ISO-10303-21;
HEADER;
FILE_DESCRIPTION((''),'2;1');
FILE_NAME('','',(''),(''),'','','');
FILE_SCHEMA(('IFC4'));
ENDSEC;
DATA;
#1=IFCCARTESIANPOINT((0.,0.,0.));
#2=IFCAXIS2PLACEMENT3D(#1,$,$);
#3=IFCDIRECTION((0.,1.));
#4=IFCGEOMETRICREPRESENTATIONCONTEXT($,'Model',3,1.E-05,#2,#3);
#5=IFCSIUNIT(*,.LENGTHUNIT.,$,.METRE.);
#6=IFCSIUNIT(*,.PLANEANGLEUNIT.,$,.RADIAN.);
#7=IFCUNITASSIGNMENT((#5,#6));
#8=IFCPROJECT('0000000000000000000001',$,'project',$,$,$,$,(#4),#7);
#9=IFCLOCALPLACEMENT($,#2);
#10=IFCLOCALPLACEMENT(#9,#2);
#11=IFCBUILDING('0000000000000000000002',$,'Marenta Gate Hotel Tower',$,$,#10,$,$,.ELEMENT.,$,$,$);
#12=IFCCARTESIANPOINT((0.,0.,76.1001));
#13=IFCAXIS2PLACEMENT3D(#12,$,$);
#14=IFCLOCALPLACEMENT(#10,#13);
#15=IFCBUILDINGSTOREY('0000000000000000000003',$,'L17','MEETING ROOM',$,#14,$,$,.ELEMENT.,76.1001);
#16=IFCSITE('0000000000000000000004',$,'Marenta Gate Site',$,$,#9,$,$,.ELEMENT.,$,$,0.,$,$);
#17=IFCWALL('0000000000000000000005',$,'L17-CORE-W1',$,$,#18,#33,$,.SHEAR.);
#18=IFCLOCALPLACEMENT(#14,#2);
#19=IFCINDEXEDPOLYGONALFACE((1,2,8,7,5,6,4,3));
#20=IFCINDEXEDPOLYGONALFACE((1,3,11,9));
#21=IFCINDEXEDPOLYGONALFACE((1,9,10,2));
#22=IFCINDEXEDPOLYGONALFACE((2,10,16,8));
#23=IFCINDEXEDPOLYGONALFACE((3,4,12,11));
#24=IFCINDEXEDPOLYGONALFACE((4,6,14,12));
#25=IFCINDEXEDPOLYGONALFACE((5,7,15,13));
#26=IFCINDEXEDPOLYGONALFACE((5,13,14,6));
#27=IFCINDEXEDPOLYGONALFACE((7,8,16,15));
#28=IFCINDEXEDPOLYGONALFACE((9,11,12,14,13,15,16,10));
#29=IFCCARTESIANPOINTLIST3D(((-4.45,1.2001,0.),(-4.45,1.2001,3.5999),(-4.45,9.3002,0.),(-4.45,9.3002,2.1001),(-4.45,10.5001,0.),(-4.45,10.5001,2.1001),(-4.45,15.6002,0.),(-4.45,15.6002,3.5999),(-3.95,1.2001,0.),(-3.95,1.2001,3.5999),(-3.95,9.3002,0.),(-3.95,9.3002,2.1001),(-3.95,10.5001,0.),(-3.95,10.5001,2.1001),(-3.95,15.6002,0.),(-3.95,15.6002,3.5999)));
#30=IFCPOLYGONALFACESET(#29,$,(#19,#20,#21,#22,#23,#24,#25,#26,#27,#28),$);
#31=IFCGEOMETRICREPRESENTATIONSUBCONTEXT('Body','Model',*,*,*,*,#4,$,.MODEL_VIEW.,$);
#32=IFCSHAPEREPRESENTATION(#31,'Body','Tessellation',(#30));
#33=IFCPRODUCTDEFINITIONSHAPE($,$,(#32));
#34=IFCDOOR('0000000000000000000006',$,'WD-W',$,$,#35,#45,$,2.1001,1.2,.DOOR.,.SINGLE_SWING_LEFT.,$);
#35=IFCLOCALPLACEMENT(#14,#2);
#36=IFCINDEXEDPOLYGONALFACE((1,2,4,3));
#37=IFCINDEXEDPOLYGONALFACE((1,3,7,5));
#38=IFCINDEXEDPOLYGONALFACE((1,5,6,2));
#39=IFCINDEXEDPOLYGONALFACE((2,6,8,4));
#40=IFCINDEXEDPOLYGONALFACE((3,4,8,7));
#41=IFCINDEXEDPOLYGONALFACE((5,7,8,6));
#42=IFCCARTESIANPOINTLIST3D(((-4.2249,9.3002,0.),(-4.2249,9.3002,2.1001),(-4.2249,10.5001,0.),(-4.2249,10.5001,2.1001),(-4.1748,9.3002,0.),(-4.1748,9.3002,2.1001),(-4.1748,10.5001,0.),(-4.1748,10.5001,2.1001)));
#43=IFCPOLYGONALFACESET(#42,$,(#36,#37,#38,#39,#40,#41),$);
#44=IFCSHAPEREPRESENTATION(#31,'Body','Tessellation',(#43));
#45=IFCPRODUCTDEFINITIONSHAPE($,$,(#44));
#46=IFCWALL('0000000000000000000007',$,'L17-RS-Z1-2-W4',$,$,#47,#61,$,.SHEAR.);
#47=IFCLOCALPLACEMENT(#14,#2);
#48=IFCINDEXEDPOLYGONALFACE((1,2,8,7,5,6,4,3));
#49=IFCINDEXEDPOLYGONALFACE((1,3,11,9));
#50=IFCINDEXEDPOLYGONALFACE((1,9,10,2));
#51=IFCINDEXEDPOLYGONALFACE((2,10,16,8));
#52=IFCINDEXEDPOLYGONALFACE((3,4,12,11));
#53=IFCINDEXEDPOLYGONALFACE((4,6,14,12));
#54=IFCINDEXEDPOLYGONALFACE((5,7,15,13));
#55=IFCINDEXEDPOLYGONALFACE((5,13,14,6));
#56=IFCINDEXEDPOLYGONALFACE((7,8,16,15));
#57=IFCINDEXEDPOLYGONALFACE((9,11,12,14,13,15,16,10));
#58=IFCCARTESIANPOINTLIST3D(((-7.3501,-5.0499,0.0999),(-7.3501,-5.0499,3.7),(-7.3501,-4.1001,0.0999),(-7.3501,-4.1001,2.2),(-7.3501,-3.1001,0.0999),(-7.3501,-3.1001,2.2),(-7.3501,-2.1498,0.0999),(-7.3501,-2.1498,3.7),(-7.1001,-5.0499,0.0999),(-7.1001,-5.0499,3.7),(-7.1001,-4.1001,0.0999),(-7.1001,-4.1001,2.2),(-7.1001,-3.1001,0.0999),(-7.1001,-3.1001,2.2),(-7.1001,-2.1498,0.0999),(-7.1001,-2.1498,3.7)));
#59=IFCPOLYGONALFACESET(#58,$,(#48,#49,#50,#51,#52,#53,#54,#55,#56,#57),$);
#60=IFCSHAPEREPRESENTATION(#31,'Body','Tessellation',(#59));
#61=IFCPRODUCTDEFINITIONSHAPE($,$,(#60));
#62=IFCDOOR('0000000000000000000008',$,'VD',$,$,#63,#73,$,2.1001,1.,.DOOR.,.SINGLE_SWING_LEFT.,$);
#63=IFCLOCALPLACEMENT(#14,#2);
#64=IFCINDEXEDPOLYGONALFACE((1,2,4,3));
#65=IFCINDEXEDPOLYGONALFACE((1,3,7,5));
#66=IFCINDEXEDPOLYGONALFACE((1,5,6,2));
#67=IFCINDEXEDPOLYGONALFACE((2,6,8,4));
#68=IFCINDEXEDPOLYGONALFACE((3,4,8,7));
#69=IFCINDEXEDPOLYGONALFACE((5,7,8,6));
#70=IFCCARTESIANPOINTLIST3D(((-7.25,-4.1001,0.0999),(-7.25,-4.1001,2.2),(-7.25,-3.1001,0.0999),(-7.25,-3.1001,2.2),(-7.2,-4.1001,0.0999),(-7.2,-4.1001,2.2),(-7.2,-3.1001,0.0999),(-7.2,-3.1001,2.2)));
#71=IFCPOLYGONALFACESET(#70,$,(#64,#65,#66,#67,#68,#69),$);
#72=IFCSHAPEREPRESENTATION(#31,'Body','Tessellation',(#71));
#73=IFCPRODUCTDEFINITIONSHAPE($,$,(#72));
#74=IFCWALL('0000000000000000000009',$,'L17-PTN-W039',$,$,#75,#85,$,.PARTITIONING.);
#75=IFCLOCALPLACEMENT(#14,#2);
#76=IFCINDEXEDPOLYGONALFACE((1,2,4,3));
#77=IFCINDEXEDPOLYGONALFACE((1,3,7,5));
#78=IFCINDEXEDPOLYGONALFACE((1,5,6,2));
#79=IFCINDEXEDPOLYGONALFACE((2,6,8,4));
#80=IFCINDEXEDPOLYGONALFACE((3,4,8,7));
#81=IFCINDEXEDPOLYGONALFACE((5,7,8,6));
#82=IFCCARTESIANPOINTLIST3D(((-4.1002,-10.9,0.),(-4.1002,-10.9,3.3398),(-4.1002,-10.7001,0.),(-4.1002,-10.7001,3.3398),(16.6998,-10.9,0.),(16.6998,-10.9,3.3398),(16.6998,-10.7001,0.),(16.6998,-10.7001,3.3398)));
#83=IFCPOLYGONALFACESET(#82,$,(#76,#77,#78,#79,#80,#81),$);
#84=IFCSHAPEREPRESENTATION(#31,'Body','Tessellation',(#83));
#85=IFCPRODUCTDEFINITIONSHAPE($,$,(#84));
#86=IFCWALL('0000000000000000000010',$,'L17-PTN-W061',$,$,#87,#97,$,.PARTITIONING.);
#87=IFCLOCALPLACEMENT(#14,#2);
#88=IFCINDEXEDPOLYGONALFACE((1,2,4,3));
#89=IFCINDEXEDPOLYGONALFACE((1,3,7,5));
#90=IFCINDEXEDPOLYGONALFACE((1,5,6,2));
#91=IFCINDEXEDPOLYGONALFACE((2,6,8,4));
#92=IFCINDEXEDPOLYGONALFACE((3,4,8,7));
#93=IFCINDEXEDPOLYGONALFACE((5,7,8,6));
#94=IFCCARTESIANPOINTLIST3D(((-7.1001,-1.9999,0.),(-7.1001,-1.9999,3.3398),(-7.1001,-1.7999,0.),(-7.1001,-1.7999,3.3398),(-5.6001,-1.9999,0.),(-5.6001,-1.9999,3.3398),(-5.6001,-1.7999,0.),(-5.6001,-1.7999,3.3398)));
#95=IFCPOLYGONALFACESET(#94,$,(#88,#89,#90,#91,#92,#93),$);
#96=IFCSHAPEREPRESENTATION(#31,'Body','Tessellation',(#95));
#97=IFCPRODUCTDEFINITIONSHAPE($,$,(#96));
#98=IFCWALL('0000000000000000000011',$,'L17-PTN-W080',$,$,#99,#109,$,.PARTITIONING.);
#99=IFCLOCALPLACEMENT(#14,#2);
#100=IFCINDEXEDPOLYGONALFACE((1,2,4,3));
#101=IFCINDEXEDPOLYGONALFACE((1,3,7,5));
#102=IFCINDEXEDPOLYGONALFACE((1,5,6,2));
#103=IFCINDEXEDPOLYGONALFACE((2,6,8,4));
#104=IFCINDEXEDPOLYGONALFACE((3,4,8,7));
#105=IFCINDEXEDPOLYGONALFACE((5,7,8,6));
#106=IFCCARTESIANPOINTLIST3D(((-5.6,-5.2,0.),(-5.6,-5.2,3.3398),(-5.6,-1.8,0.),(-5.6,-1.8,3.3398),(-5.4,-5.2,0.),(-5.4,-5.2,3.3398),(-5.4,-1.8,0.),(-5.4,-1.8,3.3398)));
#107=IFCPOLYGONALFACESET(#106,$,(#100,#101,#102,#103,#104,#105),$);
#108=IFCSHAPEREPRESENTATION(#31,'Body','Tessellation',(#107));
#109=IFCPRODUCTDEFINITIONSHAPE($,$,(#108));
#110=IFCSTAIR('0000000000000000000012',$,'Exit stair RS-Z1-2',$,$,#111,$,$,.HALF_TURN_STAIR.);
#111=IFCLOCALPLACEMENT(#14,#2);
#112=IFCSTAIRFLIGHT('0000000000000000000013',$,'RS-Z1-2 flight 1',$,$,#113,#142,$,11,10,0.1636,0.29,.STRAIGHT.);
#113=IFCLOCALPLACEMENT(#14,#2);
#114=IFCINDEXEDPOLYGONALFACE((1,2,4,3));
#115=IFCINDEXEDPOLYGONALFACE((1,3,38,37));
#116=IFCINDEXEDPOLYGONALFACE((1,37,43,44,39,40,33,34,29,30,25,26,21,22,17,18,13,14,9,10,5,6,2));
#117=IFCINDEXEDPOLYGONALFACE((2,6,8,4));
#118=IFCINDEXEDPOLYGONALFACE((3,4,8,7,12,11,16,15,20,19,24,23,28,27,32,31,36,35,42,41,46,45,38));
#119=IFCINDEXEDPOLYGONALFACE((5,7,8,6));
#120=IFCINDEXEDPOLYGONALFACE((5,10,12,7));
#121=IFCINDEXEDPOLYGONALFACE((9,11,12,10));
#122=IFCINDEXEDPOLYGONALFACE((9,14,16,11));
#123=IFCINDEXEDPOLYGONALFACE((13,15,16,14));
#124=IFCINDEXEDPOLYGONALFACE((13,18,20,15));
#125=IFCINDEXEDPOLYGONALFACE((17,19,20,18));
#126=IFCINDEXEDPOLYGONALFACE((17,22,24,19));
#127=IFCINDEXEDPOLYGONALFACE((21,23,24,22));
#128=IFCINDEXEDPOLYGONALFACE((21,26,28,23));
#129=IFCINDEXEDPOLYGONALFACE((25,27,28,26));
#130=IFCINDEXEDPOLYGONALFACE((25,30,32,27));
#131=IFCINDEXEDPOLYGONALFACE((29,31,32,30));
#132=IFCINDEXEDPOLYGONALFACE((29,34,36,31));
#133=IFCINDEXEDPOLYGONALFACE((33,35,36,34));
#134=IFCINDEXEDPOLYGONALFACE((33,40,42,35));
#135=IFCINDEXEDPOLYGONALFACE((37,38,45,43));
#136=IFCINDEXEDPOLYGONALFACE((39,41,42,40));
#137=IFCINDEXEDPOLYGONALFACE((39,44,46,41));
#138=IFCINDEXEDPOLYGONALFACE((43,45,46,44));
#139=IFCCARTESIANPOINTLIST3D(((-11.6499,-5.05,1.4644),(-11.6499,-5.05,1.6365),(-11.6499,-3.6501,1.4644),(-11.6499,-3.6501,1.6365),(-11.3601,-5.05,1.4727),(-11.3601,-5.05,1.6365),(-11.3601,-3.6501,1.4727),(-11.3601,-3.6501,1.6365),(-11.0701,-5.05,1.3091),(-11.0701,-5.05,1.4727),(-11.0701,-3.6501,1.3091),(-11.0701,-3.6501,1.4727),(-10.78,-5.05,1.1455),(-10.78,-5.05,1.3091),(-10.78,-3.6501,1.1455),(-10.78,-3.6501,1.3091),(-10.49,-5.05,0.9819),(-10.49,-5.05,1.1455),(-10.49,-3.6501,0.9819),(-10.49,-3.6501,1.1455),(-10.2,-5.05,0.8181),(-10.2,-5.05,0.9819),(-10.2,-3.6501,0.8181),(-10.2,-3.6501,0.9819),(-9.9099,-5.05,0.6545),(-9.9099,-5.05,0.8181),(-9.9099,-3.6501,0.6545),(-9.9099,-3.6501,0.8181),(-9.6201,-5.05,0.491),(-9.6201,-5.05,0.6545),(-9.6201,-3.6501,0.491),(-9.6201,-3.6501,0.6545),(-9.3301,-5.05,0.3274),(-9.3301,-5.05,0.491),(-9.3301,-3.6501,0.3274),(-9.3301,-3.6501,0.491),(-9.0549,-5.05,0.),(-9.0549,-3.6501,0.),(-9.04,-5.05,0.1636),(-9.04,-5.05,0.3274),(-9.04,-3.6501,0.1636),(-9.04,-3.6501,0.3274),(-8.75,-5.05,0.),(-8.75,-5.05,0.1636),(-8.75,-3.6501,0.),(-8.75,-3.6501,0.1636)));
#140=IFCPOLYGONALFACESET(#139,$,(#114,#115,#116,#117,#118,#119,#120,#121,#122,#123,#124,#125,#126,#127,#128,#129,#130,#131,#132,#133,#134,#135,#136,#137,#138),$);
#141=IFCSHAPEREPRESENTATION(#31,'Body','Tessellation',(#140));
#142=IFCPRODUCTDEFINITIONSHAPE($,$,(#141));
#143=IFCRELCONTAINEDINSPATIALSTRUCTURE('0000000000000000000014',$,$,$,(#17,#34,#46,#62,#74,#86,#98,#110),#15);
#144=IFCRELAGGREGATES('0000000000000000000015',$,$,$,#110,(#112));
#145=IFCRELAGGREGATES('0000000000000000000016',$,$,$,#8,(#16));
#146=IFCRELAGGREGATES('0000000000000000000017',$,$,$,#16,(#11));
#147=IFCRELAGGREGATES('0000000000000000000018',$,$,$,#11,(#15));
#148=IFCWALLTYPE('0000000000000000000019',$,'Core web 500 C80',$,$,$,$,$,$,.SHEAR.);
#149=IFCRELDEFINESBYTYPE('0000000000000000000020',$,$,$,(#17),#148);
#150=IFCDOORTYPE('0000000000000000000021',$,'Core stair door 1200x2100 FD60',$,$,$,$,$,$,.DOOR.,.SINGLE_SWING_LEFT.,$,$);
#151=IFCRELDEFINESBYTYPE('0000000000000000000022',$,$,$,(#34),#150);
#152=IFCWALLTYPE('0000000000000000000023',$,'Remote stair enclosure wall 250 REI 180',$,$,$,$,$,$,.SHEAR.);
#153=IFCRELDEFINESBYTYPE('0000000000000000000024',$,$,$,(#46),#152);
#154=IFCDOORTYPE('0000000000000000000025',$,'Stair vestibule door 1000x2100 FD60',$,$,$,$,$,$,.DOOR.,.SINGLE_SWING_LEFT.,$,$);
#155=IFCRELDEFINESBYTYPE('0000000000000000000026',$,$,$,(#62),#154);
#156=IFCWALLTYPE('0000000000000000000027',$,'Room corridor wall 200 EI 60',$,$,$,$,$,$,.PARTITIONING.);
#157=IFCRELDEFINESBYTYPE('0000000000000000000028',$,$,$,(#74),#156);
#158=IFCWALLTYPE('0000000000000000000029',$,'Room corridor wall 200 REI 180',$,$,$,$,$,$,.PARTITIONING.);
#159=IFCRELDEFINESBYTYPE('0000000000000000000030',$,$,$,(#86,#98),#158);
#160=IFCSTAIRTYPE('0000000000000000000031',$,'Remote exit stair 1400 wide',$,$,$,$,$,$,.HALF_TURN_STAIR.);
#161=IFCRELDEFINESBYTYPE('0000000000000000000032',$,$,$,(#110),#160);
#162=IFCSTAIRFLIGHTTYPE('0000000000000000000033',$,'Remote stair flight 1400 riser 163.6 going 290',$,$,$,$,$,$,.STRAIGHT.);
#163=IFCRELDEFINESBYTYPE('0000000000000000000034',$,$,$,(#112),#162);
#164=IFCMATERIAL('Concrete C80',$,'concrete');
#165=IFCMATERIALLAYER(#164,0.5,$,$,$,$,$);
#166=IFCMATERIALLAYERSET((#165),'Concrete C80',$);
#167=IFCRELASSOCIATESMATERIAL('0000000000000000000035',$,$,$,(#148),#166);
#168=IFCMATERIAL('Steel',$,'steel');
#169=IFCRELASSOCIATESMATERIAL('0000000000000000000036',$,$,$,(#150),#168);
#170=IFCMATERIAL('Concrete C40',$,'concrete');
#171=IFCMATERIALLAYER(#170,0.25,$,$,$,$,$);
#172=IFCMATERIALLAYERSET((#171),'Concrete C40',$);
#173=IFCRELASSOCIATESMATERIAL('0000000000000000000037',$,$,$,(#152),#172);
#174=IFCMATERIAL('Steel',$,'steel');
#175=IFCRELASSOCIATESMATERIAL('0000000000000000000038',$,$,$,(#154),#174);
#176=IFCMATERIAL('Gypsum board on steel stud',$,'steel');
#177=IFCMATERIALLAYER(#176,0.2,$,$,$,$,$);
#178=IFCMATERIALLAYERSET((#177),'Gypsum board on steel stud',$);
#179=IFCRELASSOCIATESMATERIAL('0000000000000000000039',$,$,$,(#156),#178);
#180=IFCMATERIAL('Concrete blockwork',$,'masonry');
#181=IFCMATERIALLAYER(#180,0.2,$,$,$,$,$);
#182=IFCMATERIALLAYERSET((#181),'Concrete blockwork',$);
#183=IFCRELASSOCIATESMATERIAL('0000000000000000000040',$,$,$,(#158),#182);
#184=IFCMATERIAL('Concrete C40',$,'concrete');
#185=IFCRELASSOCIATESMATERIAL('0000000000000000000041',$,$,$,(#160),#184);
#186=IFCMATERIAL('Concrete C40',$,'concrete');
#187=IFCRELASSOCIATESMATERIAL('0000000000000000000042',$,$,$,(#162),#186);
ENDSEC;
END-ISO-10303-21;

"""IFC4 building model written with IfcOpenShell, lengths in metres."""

from ifc_helpers import new_model, si_unit, direction, frame, frame_2d, origin, place, context, subcontext, project, spatial, polyline, rectangle, outline, extrude, material, layer, layer_set, type_object, element, fill, aggregate, save


model = new_model("IFC4")

# Units and contexts
model_context = context("Model", 3, precision=1e-05, world=origin(), true_north=direction((0.0, 1.0)))
body_context = subcontext(model_context, "Body", "Model", "MODEL_VIEW")
ifc_project = project(units=[si_unit("LENGTHUNIT", "METRE"), si_unit("PLANEANGLEUNIT", "RADIAN")], contexts=[model_context])

# Site, building, storey
site_placement = place(None, origin())
site = spatial("IfcSite", under=ifc_project, at=site_placement, Name="Marenta Gate Site", CompositionType="ELEMENT", RefElevation=0.0)
building_placement = place(site_placement, origin())
building = spatial("IfcBuilding", under=site, at=building_placement, Name="Marenta Gate Hotel Tower", CompositionType="ELEMENT")
storey_placement = place(building_placement, frame((0.0, 0.0, 76.1001)))
storey = spatial("IfcBuildingStorey", under=building, at=storey_placement, Name="L17", Description="MEETING ROOM", CompositionType="ELEMENT", Elevation=76.1001)

# Walls, openings, doors
ifc_material_1 = material(Name="Concrete C80", Category="concrete")
ifc_layer_1 = layer(ifc_material_1, 0.5)
ifc_layer_set_1 = layer_set([ifc_layer_1], Name="Concrete C80")
wall_type_1 = type_object("IfcWallType", Name="Core web 500 C80", PredefinedType="SHEAR", material=ifc_layer_set_1)
wall_1_placement = place(storey_placement, frame((-4.2, 1.2, 0.0), z_axis=(0.0, 0.0, 1.0), x_axis=(0.0, 1.0, 0.0)))
wall_1 = element("IfcWall", 1, at=wall_1_placement, inside=storey, type_object=wall_type_1, Name="L17-CORE-W1", PredefinedType="SHEAR", context=body_context, shape_type="SweptSolid", body=[
    extrude(rectangle(XDim=14.4001, YDim=0.5, at=frame_2d((7.2002, 0.0))), origin(), (0.0, 0.0, 1.0), 3.5999),
])
opening_1_placement = place(wall_1_placement, frame((8.1001, 0.0, 0.0)))
opening_1 = element("IfcOpeningElement", 2, at=opening_1_placement, cuts=wall_1, PredefinedType="OPENING", context=body_context, shape_type="SweptSolid", body=[
    extrude(rectangle(XDim=1.2, YDim=2.1001, at=frame_2d((0.6001, 1.05))), frame((0.0, 0.25, 0.0), z_axis=(0.0, -1.0, 0.0), x_axis=(1.0, 0.0, 0.0)), (0.0, 0.0, 1.0), 0.5),
])
ifc_material_2 = material(Name="Steel", Category="steel")
door_type_1 = type_object("IfcDoorType", Name="Core stair door 1200x2100 FD60", OperationType="SINGLE_SWING_LEFT", PredefinedType="DOOR", material=ifc_material_2)
door_1_placement = place(opening_1_placement, origin())
door_1 = element("IfcDoor", 3, at=door_1_placement, inside=storey, type_object=door_type_1, Name="WD-W", OperationType="SINGLE_SWING_LEFT", OverallHeight=2.1001, OverallWidth=1.2, PredefinedType="DOOR", context=body_context, shape_type="SweptSolid", body=[
    extrude(rectangle(XDim=1.2, YDim=2.1001, at=frame_2d((0.6001, 1.05))), frame((0.0, 0.0249, 0.0), z_axis=(0.0, -1.0, 0.0), x_axis=(1.0, 0.0, 0.0)), (0.0, 0.0, 1.0), 0.05),
])
fill(opening_1, door_1)
ifc_material_3 = material(Name="Concrete C40", Category="concrete")
ifc_layer_2 = layer(ifc_material_3, 0.25)
ifc_layer_set_2 = layer_set([ifc_layer_2], Name="Concrete C40")
wall_type_2 = type_object("IfcWallType", Name="Remote stair enclosure wall 250 REI 180", PredefinedType="SHEAR", material=ifc_layer_set_2)
wall_2_placement = place(storey_placement, frame((-7.2251, -5.05, 0.0999), z_axis=(0.0, 0.0, 1.0), x_axis=(0.0, 1.0, 0.0)))
wall_2 = element("IfcWall", 4, at=wall_2_placement, inside=storey, type_object=wall_type_2, Name="L17-RS-Z1-2-W4", PredefinedType="SHEAR", context=body_context, shape_type="SweptSolid", body=[
    extrude(rectangle(XDim=2.9001, YDim=0.25, at=frame_2d((1.4502, 0.0))), origin(), (0.0, 0.0, 1.0), 3.6001),
])
opening_2_placement = place(wall_2_placement, frame((0.95, 0.0, 0.0)))
opening_2 = element("IfcOpeningElement", 5, at=opening_2_placement, cuts=wall_2, PredefinedType="OPENING", context=body_context, shape_type="SweptSolid", body=[
    extrude(rectangle(XDim=1.0, YDim=2.1001, at=frame_2d((0.5, 1.05))), frame((0.0, 0.125, 0.0), z_axis=(0.0, -1.0, 0.0), x_axis=(1.0, 0.0, 0.0)), (0.0, 0.0, 1.0), 0.25),
])
ifc_material_4 = material(Name="Steel", Category="steel")
door_type_2 = type_object("IfcDoorType", Name="Stair vestibule door 1000x2100 FD60", OperationType="SINGLE_SWING_LEFT", PredefinedType="DOOR", material=ifc_material_4)
door_2_placement = place(opening_2_placement, origin())
door_2 = element("IfcDoor", 6, at=door_2_placement, inside=storey, type_object=door_type_2, Name="VD", OperationType="SINGLE_SWING_LEFT", OverallHeight=2.1001, OverallWidth=1.0, PredefinedType="DOOR", context=body_context, shape_type="SweptSolid", body=[
    extrude(rectangle(XDim=1.0, YDim=2.1001, at=frame_2d((0.5, 1.05))), frame((0.0, 0.0249, 0.0), z_axis=(0.0, -1.0, 0.0), x_axis=(1.0, 0.0, 0.0)), (0.0, 0.0, 1.0), 0.05),
])
fill(opening_2, door_2)

# Wall
ifc_material_5 = material(Name="Gypsum board on steel stud", Category="steel")
ifc_layer_3 = layer(ifc_material_5, 0.2)
ifc_layer_set_3 = layer_set([ifc_layer_3], Name="Gypsum board on steel stud")
wall_type_3 = type_object("IfcWallType", Name="Room corridor wall 200 EI 60", PredefinedType="PARTITIONING", material=ifc_layer_set_3)
wall_3_placement = place(storey_placement, frame((-4.1001, -10.8, 0.0), z_axis=(0.0, 0.0, 1.0), x_axis=(1.0, 0.0, 0.0)))
element("IfcWall", 7, at=wall_3_placement, inside=storey, type_object=wall_type_3, Name="L17-PTN-W039", PredefinedType="PARTITIONING", context=body_context, shape_type="SweptSolid", body=[
    extrude(rectangle(XDim=20.8, YDim=0.2, at=frame_2d((10.3999, 0.0))), origin(), (0.0, 0.0, 1.0), 3.3398),
])

# Shared definitions
ifc_material_6 = material(Name="Concrete blockwork", Category="masonry")
ifc_layer_4 = layer(ifc_material_6, 0.2)
ifc_layer_set_4 = layer_set([ifc_layer_4], Name="Concrete blockwork")
wall_type_4 = type_object("IfcWallType", Name="Room corridor wall 200 REI 180", PredefinedType="PARTITIONING", material=ifc_layer_set_4)

# Walls
wall_4_placement = place(storey_placement, frame((-7.1001, -1.8999, 0.0), z_axis=(0.0, 0.0, 1.0), x_axis=(1.0, 0.0, 0.0)))
element("IfcWall", 8, at=wall_4_placement, inside=storey, type_object=wall_type_4, Name="L17-PTN-W061", PredefinedType="PARTITIONING", context=body_context, shape_type="SweptSolid", body=[
    extrude(rectangle(XDim=1.5, YDim=0.2, at=frame_2d((0.75, 0.0))), origin(), (0.0, 0.0, 1.0), 3.3398),
])
wall_5_placement = place(storey_placement, frame((-5.5, -5.2, 0.0), z_axis=(0.0, 0.0, 1.0), x_axis=(0.0, 1.0, 0.0)))
element("IfcWall", 9, at=wall_5_placement, inside=storey, type_object=wall_type_4, Name="L17-PTN-W080", PredefinedType="PARTITIONING", context=body_context, shape_type="SweptSolid", body=[
    extrude(rectangle(XDim=3.3999, YDim=0.2, at=frame_2d((1.7, 0.0))), origin(), (0.0, 0.0, 1.0), 3.3398),
])

# Stair, stair flight
ifc_material_7 = material(Name="Concrete C40", Category="concrete")
stair_type = type_object("IfcStairType", Name="Remote exit stair 1400 wide", PredefinedType="HALF_TURN_STAIR", material=ifc_material_7)
stair_placement = place(storey_placement, origin())
stair = element("IfcStair", 10, at=stair_placement, inside=storey, type_object=stair_type, Name="Exit stair RS-Z1-2", PredefinedType="HALF_TURN_STAIR")
ifc_material_8 = material(Name="Concrete C40", Category="concrete")
stair_flight_type = type_object("IfcStairFlightType", Name="Remote stair flight 1400 riser 163.6 going 290", PredefinedType="STRAIGHT", material=ifc_material_8)
stair_flight_placement = place(storey_placement, frame((-8.75, -4.3501, 0.0), z_axis=(0.0, 0.0, 1.0), x_axis=(-1.0, 0.0, 0.0)))
stair_flight = element("IfcStairFlight", 11, at=stair_flight_placement, type_object=stair_flight_type, Name="RS-Z1-2 flight 1", NumberOfRisers=11, NumberOfTreads=10, PredefinedType="STRAIGHT", RiserHeight=0.1636, TreadLength=0.29, context=body_context, shape_type="SweptSolid", body=[
    extrude(outline(polyline([(0.0, 0.0), (0.0, 0.1636), (0.29, 0.1636), (0.29, 0.3274), (0.5801, 0.3274), (0.5801, 0.491), (0.8701, 0.491), (0.8701, 0.6545), (1.1599, 0.6545), (1.1599, 0.8181), (1.45, 0.8181), (1.45, 0.9819), (1.74, 0.9819), (1.74, 1.1455), (2.03, 1.1455), (2.03, 1.3091), (2.3201, 1.3091), (2.3201, 1.4727), (2.6101, 1.4727), (2.6101, 1.6365), (2.8999, 1.6365), (2.8999, 1.8), (2.8999, 1.4644), (0.3049, 0.0), (0.0, 0.0)])), frame((0.0, 0.7, 0.0), z_axis=(0.0, -1.0, 0.0), x_axis=(1.0, 0.0, 0.0)), (0.0, 0.0, 1.0), 1.3999),
])
aggregate(stair, [stair_flight])

save(model, "model.ifc")
